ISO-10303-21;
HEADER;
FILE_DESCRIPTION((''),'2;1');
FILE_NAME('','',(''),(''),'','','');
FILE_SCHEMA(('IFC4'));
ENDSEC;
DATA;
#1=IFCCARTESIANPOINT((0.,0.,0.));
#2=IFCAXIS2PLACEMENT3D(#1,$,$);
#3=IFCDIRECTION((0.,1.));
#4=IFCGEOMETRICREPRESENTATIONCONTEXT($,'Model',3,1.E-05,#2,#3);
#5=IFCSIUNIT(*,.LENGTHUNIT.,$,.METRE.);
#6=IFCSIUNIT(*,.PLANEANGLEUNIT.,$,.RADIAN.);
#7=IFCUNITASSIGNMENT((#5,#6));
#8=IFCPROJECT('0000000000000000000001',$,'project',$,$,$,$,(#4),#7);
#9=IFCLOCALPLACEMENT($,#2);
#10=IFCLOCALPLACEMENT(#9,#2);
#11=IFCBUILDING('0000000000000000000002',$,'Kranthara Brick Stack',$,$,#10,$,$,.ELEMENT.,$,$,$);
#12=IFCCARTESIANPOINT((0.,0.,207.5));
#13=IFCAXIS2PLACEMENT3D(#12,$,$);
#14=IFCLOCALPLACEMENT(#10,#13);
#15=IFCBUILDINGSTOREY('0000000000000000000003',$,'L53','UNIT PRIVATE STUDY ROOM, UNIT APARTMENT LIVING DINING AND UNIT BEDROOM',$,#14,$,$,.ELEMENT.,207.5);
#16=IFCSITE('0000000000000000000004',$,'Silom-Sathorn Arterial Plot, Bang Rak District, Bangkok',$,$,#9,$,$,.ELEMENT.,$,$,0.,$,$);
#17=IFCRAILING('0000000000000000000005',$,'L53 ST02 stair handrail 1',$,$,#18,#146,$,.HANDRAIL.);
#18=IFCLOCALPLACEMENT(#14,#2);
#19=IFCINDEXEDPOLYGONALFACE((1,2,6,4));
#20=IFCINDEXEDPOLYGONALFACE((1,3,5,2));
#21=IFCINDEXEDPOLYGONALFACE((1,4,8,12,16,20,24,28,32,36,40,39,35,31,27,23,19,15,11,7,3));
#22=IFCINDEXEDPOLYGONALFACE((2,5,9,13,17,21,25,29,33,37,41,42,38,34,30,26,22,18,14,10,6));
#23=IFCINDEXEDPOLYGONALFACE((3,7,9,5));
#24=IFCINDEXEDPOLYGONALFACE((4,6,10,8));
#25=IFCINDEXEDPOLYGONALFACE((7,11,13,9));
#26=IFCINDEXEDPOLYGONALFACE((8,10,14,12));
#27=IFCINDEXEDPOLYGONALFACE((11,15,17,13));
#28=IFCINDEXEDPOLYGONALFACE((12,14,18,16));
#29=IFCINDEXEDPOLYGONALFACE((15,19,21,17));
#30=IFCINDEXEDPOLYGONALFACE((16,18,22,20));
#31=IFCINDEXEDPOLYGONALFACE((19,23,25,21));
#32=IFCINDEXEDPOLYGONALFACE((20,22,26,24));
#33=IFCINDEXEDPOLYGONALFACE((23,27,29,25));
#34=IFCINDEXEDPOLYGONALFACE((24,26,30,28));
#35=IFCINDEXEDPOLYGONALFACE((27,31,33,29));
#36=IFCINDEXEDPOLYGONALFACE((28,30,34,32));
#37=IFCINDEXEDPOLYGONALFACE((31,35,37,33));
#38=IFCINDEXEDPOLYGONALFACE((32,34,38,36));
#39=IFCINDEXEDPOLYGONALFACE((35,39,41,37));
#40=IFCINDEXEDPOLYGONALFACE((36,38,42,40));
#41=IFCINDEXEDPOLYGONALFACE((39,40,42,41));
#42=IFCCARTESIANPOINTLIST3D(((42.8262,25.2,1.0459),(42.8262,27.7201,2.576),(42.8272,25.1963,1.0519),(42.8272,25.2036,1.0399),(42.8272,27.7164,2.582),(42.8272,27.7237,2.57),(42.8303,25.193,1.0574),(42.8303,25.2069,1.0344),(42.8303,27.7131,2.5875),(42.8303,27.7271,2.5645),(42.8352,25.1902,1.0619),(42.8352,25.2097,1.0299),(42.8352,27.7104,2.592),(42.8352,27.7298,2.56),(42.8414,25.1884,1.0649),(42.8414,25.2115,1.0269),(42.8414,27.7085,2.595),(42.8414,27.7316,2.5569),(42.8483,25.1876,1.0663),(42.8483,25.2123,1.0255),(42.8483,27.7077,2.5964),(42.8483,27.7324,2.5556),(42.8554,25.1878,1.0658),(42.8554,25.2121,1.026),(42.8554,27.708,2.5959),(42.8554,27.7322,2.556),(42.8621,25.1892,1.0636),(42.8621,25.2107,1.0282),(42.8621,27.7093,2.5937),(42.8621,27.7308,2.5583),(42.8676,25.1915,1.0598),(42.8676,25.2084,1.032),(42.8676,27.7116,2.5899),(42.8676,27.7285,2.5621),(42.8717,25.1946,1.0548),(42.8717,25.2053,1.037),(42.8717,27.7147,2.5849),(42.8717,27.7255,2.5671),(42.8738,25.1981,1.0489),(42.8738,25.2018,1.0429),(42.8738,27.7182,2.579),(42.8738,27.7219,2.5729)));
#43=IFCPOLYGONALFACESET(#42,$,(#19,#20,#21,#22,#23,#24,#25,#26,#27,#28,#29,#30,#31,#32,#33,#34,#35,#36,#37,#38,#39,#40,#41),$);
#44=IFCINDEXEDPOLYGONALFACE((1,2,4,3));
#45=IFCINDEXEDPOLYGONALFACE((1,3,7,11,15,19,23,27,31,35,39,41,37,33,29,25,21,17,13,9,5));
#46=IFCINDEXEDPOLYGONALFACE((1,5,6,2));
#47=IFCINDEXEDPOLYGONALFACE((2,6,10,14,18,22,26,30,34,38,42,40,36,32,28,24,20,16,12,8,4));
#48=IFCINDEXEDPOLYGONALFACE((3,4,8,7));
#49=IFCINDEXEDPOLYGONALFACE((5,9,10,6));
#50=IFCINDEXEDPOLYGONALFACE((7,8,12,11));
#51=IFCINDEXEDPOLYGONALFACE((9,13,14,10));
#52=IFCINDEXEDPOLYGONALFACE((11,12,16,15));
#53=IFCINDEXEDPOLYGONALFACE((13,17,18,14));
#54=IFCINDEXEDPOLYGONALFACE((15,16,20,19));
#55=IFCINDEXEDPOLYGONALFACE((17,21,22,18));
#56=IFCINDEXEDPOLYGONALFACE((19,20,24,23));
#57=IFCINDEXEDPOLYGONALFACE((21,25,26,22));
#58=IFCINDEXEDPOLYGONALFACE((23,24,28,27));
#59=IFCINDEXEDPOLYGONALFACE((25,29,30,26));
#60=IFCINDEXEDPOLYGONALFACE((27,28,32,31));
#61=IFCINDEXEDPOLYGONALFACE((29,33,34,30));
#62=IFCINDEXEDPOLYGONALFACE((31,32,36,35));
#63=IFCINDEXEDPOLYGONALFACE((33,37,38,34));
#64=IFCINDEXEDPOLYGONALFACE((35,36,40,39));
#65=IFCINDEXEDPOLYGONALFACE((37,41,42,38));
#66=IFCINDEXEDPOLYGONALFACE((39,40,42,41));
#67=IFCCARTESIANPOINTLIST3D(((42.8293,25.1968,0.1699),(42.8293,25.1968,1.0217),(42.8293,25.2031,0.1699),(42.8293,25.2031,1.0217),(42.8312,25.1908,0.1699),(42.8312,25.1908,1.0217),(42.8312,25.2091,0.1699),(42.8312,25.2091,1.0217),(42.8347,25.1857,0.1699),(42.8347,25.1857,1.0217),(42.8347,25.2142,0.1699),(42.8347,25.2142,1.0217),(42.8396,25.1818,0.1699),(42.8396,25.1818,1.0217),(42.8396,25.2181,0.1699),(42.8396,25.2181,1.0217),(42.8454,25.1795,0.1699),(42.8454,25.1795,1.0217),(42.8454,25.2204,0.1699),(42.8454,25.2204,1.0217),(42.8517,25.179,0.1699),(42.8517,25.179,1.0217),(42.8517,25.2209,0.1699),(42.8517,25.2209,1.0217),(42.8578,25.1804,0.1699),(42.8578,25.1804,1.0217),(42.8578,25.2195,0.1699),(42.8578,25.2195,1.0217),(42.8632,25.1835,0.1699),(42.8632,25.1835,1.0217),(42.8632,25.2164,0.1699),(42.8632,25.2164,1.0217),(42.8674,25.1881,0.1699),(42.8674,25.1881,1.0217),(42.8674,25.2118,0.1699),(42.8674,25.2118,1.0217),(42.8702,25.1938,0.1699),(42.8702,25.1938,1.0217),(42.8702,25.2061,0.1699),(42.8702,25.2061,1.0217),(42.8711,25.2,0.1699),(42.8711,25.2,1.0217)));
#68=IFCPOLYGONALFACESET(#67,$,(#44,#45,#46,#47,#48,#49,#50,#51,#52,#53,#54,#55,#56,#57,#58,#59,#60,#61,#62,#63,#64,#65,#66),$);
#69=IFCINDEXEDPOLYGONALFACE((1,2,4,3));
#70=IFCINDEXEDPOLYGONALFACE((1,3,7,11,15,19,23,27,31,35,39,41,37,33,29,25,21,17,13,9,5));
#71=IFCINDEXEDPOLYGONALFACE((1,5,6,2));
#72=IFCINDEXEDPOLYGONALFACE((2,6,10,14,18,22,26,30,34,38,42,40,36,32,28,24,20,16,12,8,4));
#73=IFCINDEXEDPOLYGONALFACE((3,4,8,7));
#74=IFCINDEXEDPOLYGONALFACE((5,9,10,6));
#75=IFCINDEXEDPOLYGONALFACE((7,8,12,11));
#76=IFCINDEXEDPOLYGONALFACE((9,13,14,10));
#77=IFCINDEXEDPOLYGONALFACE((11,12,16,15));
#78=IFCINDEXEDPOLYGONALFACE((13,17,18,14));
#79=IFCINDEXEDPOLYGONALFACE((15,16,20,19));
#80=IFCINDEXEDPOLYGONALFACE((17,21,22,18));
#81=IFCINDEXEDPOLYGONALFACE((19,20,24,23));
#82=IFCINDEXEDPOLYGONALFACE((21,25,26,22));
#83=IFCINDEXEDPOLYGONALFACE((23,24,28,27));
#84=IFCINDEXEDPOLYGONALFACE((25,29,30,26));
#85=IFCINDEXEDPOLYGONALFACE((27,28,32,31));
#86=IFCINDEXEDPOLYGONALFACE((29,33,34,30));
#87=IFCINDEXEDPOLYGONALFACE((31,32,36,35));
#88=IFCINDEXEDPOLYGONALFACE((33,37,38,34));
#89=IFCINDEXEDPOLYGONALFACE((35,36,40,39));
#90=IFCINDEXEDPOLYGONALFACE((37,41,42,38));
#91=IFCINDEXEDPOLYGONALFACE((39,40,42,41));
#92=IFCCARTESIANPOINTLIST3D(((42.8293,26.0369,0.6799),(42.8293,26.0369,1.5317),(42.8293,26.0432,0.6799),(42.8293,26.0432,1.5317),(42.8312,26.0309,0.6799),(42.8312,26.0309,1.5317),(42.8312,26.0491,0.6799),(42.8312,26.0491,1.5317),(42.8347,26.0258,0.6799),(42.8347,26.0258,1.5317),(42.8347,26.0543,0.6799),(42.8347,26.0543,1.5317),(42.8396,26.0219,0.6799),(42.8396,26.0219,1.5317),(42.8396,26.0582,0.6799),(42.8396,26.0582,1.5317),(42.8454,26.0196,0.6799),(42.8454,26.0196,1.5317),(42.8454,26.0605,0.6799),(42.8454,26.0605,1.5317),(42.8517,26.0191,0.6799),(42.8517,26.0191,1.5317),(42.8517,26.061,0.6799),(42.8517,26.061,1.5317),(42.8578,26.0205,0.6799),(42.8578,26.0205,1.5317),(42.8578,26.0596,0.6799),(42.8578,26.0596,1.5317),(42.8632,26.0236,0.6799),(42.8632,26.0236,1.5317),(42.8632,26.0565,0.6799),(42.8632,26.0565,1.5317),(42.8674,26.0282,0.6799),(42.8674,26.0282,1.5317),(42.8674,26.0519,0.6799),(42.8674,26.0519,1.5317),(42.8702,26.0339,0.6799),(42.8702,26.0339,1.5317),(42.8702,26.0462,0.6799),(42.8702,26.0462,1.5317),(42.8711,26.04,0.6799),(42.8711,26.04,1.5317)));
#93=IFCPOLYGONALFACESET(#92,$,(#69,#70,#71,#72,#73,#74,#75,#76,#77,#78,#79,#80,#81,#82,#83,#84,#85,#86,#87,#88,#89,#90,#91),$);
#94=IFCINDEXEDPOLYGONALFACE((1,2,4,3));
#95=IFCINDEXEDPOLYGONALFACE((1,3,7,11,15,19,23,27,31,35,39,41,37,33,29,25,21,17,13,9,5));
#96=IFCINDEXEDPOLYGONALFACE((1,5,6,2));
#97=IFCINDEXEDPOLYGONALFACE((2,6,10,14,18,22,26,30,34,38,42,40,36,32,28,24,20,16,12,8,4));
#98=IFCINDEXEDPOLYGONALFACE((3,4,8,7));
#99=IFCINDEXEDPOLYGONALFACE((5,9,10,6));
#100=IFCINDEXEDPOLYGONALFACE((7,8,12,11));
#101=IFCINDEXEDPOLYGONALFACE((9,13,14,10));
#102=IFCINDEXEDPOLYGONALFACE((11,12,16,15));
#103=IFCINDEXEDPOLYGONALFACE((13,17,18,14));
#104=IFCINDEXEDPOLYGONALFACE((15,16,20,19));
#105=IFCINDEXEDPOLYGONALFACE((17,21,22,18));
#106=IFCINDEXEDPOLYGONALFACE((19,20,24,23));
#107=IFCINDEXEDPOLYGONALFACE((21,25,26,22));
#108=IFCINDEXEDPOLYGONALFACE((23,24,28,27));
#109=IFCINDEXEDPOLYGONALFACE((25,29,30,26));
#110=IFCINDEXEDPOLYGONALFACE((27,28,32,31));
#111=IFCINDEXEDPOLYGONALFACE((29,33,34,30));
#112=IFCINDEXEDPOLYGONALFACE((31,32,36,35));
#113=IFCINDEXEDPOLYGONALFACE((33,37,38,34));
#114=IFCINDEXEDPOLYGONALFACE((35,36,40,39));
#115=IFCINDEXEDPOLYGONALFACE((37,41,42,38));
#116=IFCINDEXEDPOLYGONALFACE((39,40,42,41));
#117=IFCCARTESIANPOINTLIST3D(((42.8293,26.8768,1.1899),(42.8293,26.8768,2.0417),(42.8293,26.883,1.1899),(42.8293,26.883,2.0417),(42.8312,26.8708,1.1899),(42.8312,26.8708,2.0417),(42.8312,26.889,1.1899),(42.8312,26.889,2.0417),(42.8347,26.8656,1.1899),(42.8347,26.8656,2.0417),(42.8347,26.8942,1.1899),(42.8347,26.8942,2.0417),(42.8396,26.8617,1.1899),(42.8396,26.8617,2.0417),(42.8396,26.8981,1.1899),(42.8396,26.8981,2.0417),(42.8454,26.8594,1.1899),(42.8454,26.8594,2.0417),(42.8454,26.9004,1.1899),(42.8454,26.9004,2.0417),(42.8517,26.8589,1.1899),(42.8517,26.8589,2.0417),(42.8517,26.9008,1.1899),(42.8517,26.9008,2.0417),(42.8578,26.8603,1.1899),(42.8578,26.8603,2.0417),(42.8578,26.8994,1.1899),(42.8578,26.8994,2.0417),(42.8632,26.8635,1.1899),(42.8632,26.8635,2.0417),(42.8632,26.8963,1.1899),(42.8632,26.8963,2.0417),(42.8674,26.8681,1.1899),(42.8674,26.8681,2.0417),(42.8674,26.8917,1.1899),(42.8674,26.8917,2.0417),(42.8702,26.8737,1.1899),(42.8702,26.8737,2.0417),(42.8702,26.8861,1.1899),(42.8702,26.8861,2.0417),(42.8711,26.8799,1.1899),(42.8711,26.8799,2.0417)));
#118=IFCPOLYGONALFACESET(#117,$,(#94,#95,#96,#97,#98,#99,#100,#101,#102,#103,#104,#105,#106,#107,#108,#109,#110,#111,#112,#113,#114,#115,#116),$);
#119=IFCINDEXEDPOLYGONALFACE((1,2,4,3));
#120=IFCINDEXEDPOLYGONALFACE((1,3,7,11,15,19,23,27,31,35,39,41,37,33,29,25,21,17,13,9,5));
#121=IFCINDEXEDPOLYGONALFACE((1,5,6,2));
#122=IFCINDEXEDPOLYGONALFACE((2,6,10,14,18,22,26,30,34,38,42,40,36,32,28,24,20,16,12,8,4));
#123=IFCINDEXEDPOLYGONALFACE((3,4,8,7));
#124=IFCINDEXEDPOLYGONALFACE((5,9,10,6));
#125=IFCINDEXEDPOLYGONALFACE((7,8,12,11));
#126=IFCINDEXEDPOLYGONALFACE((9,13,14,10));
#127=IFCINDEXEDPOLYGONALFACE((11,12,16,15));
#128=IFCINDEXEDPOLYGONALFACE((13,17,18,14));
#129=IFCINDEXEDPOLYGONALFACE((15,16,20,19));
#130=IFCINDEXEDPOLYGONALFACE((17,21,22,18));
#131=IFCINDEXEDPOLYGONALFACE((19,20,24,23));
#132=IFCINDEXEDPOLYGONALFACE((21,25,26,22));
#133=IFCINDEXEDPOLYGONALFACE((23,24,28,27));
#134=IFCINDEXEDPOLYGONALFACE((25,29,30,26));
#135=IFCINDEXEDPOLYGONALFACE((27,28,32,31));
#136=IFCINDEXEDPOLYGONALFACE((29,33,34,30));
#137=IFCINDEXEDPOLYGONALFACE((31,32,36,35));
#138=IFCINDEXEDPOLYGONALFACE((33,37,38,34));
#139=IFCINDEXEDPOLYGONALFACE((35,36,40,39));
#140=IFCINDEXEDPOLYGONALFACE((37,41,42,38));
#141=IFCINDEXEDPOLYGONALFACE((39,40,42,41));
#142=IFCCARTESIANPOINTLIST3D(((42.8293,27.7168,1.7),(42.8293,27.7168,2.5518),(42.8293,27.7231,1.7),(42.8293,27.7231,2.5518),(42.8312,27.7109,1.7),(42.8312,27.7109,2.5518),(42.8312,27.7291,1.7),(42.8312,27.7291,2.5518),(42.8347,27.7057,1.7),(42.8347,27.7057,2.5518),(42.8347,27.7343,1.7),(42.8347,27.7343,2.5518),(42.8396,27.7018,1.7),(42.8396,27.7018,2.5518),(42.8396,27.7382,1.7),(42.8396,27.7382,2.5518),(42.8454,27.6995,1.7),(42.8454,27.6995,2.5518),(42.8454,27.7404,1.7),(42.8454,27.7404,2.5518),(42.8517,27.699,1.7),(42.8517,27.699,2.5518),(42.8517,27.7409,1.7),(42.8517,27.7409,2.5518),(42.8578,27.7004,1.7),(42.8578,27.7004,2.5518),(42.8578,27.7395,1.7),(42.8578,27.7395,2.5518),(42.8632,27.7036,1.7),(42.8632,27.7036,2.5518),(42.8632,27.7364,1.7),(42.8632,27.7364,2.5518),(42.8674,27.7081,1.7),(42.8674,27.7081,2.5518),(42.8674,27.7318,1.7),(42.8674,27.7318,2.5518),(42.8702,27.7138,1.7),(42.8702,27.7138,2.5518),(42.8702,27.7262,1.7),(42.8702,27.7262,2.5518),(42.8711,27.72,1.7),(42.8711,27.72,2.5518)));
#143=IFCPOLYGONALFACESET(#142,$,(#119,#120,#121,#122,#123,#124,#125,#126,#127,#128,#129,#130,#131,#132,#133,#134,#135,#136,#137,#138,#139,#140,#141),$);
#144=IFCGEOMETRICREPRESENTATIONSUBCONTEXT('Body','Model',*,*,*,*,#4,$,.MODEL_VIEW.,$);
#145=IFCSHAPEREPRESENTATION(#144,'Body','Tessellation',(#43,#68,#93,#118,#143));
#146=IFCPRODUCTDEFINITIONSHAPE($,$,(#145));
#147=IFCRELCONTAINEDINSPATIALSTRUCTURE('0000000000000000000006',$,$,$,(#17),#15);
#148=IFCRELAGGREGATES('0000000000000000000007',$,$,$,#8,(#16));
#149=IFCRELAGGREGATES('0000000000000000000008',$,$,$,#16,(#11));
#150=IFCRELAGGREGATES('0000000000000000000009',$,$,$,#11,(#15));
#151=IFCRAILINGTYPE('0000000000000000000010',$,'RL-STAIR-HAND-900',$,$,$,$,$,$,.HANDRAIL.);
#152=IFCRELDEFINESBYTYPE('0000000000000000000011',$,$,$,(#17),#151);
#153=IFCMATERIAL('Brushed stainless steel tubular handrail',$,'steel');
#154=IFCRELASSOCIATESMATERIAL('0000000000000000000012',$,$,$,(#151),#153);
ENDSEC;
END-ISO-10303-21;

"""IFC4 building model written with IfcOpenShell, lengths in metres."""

from ifc_helpers import new_model, si_unit, direction, frame, origin, origin_2d, place, context, subcontext, project, spatial, circle, extrude, material, type_object, element, save


model = new_model("IFC4")

# Units and contexts
model_context = context("Model", 3, precision=1e-05, world=origin(), true_north=direction((0.0, 1.0)))
body_context = subcontext(model_context, "Body", "Model", "MODEL_VIEW")
ifc_project = project(units=[si_unit("LENGTHUNIT", "METRE"), si_unit("PLANEANGLEUNIT", "RADIAN")], contexts=[model_context])

# Site, building, storey
site_placement = place(None, origin())
site = spatial("IfcSite", under=ifc_project, at=site_placement, Name="Silom-Sathorn Arterial Plot, Bang Rak District, Bangkok", CompositionType="ELEMENT", RefElevation=0.0)
building_placement = place(site_placement, origin())
building = spatial("IfcBuilding", under=site, at=building_placement, Name="Kranthara Brick Stack", CompositionType="ELEMENT")
storey_placement = place(building_placement, frame((0.0, 0.0, 207.5)))
storey = spatial("IfcBuildingStorey", under=building, at=storey_placement, Name="L53", Description="UNIT PRIVATE STUDY ROOM, UNIT APARTMENT LIVING DINING AND UNIT BEDROOM", CompositionType="ELEMENT", Elevation=207.5)

# Railing
ifc_material_1 = material(Name="Brushed stainless steel tubular handrail", Category="steel")
railing_type_1 = type_object("IfcRailingType", Name="RL-STAIR-HAND-900", PredefinedType="HANDRAIL", material=ifc_material_1)
railing_1_placement = place(storey_placement, frame((42.8501, 25.2, 0.1699)))
element("IfcRailing", 1, at=railing_1_placement, inside=storey, type_object=railing_type_1, Name="L53 ST02 stair handrail 1", PredefinedType="HANDRAIL", context=body_context, shape_type="SweptSolid", body=[
    extrude(circle(Radius=0.0239, at=origin_2d()), frame((0.0, 0.0, 0.876), z_axis=(0.0, 0.854785, 0.518982), x_axis=(-1.0, 0.0, 0.0)), (0.0, 0.0, 1.0), 2.9482),
    extrude(circle(Radius=0.021, at=origin_2d()), origin(), (0.0, 0.0, 1.0), 0.8518),
    extrude(circle(Radius=0.021, at=origin_2d()), frame((0.0, 0.8401, 0.51)), (0.0, 0.0, 1.0), 0.8518),
    extrude(circle(Radius=0.021, at=origin_2d()), frame((0.0, 1.6799, 1.02)), (0.0, 0.0, 1.0), 0.8518),
    extrude(circle(Radius=0.021, at=origin_2d()), frame((0.0, 2.52, 1.53)), (0.0, 0.0, 1.0), 0.8518),
])

save(model, "model.ifc")
